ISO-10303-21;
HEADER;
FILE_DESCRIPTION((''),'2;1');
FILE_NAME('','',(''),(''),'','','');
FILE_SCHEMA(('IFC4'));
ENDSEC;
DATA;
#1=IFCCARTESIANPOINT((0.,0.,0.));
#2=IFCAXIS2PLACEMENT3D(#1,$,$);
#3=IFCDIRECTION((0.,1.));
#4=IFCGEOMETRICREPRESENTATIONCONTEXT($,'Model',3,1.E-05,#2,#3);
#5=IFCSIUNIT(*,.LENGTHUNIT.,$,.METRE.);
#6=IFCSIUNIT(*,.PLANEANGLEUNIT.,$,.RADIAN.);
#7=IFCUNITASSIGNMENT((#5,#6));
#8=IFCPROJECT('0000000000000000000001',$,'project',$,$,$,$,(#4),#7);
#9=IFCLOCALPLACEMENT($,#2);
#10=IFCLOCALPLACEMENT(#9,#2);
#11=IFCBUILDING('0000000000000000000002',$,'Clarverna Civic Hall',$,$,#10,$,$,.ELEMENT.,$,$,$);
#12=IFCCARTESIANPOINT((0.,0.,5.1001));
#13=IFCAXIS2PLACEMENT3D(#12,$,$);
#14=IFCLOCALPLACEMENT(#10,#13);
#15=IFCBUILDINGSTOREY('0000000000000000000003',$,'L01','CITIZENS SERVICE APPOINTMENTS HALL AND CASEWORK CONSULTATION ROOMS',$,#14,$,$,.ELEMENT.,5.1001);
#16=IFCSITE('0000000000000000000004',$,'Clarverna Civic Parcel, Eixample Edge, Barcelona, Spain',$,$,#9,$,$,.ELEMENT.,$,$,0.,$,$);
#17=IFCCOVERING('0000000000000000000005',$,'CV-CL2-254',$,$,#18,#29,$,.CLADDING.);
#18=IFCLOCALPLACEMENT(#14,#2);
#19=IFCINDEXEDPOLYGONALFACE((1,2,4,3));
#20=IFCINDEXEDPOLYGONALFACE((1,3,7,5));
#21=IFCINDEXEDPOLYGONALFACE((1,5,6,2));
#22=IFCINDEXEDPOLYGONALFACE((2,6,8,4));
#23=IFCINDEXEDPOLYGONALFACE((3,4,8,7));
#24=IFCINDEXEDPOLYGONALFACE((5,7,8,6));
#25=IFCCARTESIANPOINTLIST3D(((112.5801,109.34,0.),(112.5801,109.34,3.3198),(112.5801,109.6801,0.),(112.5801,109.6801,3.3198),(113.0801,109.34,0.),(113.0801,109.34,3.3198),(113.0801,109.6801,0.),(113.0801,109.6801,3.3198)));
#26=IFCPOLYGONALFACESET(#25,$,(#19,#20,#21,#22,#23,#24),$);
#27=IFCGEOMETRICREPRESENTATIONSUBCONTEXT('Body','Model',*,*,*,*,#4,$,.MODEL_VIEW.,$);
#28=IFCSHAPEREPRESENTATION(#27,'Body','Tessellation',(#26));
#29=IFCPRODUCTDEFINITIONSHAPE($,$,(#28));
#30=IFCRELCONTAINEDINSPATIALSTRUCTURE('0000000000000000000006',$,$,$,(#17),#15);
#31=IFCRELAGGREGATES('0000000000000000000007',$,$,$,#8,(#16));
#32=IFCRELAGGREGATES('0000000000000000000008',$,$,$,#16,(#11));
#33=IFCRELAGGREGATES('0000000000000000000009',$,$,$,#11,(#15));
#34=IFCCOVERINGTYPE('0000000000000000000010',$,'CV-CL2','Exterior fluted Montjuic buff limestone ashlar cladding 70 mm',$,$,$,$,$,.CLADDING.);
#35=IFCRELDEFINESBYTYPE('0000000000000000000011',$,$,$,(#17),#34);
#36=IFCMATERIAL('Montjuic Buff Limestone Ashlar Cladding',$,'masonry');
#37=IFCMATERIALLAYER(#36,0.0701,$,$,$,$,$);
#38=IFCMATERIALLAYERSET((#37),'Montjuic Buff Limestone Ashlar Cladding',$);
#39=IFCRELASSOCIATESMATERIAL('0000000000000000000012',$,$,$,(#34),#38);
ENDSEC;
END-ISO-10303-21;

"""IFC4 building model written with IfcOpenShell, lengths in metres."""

from ifc_helpers import new_model, si_unit, direction, frame, frame_2d, origin, place, context, subcontext, project, spatial, rectangle, extrude, material, layer, layer_set, type_object, element, save


model = new_model("IFC4")

# Units and contexts
model_context = context("Model", 3, precision=1e-05, world=origin(), true_north=direction((0.0, 1.0)))
body_context = subcontext(model_context, "Body", "Model", "MODEL_VIEW")
ifc_project = project(units=[si_unit("LENGTHUNIT", "METRE"), si_unit("PLANEANGLEUNIT", "RADIAN")], contexts=[model_context])

# Site, building, storey
site_placement = place(None, origin())
site = spatial("IfcSite", under=ifc_project, at=site_placement, Name="Clarverna Civic Parcel, Eixample Edge, Barcelona, Spain", CompositionType="ELEMENT", RefElevation=0.0)
building_placement = place(site_placement, origin())
building = spatial("IfcBuilding", under=site, at=building_placement, Name="Clarverna Civic Hall", CompositionType="ELEMENT")
storey_placement = place(building_placement, frame((0.0, 0.0, 5.1001)))
storey = spatial("IfcBuildingStorey", under=building, at=storey_placement, Name="L01", Description="CITIZENS SERVICE APPOINTMENTS HALL AND CASEWORK CONSULTATION ROOMS", CompositionType="ELEMENT", Elevation=5.1001)

# Covering
ifc_material_1 = material(Name="Montjuic Buff Limestone Ashlar Cladding", Category="masonry")
ifc_layer_1 = layer(ifc_material_1, 0.0701)
ifc_layer_set_1 = layer_set([ifc_layer_1], Name="Montjuic Buff Limestone Ashlar Cladding")
covering_type = type_object("IfcCoveringType", Name="CV-CL2", Description="Exterior fluted Montjuic buff limestone ashlar cladding 70 mm", PredefinedType="CLADDING", material=ifc_layer_set_1)
for number, where, z_axis, x_axis, name in (
    (1, (112.5801, 109.51, 0.0), (0.0, 0.0, 1.0), (1.0, 0.0, 0.0), "CV-CL2-254"),
):
    element("IfcCovering", number, at=place(storey_placement, frame(where, z_axis=z_axis, x_axis=x_axis)), inside=storey, type_object=covering_type, Name=name, PredefinedType="CLADDING", context=body_context, shape_type="SweptSolid", body=[
        extrude(rectangle(XDim=0.5, YDim=0.3401, at=frame_2d((0.25, 0.0))), origin(), (0.0, 0.0, 1.0), 3.3198),
    ])

save(model, "model.ifc")
